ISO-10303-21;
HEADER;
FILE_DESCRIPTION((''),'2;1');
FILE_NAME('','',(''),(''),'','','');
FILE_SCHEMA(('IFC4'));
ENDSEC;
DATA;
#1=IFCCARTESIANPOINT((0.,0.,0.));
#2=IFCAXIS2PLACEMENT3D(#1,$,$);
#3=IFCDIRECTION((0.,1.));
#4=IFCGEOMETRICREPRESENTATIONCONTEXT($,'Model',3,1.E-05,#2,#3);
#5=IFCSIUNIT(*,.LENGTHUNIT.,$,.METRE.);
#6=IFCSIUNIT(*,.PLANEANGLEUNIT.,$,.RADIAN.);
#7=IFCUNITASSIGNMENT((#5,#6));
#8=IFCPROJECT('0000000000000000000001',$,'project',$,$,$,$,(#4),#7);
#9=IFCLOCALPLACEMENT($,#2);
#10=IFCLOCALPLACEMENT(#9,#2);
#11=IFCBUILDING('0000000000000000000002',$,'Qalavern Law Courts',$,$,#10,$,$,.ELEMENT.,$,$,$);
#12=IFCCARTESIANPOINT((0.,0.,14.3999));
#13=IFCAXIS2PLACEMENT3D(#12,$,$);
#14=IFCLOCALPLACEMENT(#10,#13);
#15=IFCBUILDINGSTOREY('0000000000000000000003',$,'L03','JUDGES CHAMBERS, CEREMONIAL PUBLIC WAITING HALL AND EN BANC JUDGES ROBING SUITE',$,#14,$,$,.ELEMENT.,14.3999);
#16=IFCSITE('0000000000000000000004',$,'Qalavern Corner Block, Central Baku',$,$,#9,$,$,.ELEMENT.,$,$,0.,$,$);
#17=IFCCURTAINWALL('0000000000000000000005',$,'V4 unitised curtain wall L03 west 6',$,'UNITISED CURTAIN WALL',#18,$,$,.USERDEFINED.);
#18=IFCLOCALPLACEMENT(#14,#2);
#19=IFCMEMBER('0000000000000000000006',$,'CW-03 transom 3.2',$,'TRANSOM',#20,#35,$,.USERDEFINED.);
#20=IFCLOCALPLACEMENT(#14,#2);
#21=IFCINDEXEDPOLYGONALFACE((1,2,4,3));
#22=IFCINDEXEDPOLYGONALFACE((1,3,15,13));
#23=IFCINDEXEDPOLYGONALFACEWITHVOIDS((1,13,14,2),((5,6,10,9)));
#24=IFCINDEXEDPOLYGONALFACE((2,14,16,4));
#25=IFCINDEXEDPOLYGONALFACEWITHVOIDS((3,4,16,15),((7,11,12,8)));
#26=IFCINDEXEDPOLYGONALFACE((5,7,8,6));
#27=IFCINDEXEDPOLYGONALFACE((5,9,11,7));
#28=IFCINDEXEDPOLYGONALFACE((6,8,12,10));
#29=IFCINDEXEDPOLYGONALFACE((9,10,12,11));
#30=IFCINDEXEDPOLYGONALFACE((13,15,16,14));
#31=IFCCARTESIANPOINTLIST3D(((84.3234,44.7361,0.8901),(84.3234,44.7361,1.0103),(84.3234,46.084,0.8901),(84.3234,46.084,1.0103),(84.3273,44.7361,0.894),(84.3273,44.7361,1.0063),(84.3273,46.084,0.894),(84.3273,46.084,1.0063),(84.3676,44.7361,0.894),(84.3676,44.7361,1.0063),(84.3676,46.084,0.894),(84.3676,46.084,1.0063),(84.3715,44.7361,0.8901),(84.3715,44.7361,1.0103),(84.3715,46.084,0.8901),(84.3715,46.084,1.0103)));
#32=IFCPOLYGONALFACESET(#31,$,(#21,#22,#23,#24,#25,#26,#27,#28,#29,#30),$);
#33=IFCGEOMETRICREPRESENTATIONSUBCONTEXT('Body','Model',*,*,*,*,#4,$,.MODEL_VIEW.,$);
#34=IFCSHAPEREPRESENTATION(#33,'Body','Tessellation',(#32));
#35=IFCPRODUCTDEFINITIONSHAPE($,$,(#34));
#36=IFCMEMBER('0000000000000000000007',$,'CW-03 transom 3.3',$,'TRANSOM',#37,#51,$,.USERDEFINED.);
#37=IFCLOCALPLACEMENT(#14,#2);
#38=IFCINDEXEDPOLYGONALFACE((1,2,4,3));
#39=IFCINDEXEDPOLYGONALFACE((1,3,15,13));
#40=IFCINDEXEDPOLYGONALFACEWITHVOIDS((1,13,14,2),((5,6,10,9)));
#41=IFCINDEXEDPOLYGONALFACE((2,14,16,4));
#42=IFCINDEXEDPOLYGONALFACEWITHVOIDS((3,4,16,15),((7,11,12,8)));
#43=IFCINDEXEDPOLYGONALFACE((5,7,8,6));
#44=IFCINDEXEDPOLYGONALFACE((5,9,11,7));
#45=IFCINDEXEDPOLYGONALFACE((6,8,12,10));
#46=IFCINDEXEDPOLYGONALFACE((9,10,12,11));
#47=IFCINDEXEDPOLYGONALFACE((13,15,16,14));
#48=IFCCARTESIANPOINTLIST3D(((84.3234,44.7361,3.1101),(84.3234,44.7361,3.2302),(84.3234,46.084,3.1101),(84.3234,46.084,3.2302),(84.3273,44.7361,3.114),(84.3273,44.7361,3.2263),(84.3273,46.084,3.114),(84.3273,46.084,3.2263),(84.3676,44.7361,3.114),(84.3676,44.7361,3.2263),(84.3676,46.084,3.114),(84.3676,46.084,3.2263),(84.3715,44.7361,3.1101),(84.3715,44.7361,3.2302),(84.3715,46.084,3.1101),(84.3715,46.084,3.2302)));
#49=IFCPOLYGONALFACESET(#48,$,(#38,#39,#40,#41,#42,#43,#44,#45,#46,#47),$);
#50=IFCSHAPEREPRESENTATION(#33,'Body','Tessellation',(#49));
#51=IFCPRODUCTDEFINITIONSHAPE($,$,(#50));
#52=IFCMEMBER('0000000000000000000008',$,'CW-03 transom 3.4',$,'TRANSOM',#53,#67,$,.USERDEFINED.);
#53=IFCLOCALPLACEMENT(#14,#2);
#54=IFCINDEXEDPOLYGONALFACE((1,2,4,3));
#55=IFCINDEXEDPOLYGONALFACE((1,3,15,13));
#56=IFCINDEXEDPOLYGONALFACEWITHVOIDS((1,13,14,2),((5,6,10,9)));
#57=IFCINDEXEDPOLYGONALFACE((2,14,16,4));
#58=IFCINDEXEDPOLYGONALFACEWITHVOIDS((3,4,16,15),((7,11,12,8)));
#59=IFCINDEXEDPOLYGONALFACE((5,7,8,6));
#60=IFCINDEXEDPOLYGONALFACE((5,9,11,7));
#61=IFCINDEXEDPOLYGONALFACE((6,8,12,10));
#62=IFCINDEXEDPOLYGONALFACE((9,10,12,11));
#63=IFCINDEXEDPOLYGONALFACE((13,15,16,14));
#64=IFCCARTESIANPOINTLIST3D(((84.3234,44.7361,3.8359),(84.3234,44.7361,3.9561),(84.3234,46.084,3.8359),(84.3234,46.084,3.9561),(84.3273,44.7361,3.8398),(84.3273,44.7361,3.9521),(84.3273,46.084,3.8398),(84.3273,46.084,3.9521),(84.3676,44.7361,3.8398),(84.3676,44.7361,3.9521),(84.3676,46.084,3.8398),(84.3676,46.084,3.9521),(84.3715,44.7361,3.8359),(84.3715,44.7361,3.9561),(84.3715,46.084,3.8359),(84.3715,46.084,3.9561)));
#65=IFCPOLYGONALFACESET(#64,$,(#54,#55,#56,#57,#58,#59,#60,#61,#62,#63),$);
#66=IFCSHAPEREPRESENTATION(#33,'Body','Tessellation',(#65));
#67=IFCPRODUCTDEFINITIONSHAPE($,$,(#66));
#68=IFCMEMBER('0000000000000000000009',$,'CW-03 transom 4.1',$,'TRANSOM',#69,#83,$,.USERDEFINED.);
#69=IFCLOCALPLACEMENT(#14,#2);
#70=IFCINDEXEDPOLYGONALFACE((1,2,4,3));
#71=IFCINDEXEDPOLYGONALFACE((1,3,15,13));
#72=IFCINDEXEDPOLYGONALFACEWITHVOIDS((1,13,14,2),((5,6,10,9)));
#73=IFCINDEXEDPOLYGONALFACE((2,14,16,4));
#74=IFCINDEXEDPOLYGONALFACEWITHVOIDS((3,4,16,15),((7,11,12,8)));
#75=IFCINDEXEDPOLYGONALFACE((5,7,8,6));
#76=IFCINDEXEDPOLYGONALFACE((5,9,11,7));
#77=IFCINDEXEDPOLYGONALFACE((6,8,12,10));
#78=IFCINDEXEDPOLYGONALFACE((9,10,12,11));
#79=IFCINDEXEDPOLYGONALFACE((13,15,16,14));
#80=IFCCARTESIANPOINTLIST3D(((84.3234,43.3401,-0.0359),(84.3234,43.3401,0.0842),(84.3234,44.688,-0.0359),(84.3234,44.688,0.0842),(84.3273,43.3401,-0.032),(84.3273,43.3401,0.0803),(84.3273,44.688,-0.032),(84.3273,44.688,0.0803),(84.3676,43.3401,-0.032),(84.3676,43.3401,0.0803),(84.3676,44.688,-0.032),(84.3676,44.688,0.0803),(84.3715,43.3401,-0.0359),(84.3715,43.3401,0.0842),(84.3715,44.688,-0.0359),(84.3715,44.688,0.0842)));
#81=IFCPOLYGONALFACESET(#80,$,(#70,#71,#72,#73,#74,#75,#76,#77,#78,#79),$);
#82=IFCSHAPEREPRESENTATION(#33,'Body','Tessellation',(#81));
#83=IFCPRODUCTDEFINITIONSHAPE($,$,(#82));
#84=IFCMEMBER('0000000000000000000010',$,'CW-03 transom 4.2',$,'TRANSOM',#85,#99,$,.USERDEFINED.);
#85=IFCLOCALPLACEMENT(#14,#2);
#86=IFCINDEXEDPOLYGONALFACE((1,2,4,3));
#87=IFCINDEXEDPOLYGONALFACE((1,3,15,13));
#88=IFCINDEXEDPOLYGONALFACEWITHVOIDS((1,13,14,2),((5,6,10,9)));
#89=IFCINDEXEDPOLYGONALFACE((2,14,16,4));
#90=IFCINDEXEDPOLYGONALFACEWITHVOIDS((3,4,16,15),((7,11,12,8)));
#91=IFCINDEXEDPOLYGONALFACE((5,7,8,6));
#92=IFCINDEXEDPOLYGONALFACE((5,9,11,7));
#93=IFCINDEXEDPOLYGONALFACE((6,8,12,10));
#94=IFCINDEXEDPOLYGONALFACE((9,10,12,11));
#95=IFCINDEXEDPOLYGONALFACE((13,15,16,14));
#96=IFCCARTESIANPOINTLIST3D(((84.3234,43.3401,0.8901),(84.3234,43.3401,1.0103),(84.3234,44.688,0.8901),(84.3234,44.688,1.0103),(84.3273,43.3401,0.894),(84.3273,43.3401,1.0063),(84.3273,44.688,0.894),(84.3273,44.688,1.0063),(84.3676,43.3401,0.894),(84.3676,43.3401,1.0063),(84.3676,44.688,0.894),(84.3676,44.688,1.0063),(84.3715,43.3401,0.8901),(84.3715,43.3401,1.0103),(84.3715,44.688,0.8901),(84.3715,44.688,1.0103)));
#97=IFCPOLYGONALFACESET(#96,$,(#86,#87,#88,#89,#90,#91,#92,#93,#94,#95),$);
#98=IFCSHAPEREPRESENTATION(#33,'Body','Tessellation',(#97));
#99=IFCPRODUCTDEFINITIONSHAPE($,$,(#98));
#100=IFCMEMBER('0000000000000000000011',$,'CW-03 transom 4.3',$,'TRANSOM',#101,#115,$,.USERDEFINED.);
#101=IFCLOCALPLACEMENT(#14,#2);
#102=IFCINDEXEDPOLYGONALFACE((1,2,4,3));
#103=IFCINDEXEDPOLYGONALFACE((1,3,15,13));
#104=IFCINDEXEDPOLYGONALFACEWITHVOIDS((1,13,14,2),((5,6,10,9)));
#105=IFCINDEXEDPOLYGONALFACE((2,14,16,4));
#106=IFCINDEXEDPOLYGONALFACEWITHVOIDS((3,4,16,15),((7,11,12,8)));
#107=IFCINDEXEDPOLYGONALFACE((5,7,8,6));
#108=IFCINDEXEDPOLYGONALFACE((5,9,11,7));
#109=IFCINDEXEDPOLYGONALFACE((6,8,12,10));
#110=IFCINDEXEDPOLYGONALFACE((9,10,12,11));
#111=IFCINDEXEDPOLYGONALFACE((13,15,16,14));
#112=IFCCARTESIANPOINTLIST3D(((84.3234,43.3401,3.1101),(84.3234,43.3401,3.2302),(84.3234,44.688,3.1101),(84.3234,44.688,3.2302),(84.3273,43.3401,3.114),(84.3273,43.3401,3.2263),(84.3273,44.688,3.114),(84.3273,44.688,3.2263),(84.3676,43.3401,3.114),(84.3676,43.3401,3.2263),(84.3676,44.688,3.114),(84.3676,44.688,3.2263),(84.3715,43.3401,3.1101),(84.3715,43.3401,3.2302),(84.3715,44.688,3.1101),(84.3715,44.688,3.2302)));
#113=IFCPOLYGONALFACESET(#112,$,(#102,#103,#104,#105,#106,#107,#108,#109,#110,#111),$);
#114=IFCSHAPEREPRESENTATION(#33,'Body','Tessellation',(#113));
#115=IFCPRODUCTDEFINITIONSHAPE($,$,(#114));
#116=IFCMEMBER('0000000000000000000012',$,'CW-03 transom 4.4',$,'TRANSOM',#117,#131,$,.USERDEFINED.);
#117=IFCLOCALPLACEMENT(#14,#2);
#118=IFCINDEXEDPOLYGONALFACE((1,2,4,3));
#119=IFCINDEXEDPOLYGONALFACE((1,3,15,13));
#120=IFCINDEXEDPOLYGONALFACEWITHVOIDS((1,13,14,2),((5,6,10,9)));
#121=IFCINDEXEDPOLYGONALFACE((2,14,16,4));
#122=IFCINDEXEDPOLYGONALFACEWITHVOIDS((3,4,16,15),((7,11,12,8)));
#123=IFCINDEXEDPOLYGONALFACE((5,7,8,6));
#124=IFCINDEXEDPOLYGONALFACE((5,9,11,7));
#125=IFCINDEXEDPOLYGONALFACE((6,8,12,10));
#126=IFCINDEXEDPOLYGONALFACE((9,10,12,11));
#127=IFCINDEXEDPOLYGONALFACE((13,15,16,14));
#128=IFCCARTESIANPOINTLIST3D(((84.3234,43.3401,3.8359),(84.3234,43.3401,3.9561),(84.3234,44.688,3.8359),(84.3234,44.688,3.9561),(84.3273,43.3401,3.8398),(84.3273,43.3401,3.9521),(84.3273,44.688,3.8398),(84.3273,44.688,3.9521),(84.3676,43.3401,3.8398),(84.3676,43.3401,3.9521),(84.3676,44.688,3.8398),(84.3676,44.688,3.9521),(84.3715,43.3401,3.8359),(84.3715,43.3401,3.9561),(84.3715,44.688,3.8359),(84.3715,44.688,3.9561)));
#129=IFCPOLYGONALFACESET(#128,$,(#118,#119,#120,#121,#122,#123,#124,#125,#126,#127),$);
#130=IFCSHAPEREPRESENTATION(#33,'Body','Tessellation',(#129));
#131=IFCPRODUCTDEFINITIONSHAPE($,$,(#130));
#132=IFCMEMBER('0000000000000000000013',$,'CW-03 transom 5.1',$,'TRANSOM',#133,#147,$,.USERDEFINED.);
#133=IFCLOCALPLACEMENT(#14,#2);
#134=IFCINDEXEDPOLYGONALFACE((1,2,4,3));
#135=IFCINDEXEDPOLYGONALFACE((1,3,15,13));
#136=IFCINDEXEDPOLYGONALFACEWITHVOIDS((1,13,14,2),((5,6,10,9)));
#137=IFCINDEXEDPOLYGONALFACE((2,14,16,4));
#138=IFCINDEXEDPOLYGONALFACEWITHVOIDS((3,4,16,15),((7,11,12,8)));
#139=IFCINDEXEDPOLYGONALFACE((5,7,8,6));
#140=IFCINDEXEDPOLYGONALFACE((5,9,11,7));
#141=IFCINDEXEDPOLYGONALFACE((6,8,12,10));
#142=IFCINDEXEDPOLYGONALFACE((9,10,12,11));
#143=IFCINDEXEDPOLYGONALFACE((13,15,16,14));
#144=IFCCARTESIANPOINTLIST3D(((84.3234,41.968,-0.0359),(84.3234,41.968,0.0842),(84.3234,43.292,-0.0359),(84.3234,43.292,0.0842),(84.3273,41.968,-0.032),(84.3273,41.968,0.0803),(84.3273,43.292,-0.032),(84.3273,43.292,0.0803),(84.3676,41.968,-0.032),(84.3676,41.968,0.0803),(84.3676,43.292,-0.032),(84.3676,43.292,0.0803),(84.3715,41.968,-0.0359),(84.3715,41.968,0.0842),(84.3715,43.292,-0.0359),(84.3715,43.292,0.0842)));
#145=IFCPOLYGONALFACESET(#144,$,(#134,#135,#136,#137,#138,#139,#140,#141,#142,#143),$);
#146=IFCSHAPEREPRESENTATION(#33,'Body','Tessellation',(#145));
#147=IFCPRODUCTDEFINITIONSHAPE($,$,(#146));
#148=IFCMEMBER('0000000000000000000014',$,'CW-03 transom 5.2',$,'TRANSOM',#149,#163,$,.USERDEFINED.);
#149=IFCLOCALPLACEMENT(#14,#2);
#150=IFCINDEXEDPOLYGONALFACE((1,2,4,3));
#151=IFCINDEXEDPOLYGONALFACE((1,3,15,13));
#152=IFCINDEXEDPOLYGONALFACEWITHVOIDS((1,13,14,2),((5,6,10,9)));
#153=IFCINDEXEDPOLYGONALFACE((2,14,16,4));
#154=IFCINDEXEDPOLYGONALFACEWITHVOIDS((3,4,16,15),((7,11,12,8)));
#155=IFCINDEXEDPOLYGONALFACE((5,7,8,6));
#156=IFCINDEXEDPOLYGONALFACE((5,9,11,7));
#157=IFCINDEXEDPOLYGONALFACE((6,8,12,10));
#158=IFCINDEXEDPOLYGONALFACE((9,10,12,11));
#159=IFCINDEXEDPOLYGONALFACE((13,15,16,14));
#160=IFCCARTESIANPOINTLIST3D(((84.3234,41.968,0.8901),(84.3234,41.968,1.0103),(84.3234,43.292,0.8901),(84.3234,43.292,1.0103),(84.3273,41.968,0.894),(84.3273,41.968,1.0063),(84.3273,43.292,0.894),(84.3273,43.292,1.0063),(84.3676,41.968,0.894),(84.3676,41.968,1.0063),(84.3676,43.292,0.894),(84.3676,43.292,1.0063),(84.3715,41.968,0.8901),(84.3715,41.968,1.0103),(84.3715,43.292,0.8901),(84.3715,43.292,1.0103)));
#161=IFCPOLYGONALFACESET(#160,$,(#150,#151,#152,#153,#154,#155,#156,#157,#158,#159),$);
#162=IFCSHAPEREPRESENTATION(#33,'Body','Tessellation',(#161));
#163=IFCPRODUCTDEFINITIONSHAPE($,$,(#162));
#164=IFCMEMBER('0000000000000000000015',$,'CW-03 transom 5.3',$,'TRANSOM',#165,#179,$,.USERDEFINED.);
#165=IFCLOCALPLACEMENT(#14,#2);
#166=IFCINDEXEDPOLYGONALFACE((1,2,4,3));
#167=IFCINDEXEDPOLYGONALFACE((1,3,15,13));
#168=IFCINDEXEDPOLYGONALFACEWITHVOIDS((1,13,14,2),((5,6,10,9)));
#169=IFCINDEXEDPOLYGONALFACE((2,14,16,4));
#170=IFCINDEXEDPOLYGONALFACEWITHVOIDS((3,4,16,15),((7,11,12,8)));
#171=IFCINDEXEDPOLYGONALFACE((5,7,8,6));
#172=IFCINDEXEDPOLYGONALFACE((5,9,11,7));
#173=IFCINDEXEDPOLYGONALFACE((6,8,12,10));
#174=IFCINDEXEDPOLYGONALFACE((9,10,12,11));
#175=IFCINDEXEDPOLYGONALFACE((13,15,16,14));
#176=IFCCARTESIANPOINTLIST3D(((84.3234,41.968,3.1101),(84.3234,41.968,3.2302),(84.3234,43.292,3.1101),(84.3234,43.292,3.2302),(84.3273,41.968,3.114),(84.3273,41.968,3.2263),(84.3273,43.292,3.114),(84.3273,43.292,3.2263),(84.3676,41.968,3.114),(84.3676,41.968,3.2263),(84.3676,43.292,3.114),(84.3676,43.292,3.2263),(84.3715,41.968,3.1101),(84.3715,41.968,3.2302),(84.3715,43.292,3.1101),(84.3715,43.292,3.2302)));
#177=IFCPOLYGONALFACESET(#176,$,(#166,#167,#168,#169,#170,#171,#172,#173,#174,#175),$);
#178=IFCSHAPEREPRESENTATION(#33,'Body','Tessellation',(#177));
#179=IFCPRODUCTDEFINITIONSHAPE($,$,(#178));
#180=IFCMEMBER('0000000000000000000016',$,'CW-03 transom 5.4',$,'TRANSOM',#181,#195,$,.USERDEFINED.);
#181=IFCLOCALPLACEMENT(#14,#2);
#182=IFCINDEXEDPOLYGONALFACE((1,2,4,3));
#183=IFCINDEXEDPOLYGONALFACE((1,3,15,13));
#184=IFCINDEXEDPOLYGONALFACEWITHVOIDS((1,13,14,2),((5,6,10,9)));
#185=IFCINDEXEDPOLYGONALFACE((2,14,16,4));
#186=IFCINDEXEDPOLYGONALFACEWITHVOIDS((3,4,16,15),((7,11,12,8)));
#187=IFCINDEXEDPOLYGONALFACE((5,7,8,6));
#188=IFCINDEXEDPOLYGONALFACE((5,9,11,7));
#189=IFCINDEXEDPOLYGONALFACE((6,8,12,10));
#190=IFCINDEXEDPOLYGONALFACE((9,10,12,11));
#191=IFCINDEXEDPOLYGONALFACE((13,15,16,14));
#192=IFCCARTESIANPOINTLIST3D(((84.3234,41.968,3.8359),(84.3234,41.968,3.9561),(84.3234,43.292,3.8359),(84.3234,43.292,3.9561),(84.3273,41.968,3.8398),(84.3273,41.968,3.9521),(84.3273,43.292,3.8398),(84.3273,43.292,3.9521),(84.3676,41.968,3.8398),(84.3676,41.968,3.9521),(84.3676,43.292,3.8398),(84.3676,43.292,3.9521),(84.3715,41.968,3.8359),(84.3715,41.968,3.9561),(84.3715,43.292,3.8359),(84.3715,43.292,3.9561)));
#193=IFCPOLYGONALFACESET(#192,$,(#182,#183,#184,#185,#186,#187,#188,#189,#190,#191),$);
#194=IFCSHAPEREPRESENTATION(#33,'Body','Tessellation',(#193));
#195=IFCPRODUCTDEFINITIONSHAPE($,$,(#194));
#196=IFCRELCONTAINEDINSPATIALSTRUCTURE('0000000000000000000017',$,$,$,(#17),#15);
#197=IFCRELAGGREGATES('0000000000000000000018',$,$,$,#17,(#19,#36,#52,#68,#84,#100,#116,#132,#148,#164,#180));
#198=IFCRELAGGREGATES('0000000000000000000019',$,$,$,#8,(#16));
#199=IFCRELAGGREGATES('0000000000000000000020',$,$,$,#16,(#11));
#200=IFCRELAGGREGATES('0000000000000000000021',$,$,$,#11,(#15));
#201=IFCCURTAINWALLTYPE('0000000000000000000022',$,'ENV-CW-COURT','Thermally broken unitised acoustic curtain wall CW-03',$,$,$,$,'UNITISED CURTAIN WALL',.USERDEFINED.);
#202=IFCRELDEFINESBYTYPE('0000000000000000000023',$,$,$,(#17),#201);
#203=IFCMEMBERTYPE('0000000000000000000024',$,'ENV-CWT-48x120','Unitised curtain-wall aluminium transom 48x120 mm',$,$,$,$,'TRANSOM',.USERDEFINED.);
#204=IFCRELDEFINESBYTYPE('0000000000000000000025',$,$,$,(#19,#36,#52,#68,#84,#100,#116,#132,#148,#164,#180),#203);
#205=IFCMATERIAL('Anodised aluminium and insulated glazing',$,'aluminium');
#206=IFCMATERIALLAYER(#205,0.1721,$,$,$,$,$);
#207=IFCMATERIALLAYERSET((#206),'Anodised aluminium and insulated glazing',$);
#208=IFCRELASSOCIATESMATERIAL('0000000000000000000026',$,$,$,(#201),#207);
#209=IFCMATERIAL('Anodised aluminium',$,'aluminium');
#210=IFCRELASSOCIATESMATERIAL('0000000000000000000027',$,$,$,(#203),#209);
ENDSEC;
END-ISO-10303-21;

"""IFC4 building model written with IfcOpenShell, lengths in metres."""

from ifc_helpers import new_model, si_unit, direction, frame, origin, origin_2d, place, context, subcontext, project, spatial, hollow_rectangle, extrude, material, layer, layer_set, material_profile, profile_set, type_object, element, aggregate, save


model = new_model("IFC4")

# Units and contexts
model_context = context("Model", 3, precision=1e-05, world=origin(), true_north=direction((0.0, 1.0)))
body_context = subcontext(model_context, "Body", "Model", "MODEL_VIEW")
ifc_project = project(units=[si_unit("LENGTHUNIT", "METRE"), si_unit("PLANEANGLEUNIT", "RADIAN")], contexts=[model_context])

# Site, building, storey
site_placement = place(None, origin())
site = spatial("IfcSite", under=ifc_project, at=site_placement, Name="Qalavern Corner Block, Central Baku", CompositionType="ELEMENT", RefElevation=0.0)
building_placement = place(site_placement, origin())
building = spatial("IfcBuilding", under=site, at=building_placement, Name="Qalavern Law Courts", CompositionType="ELEMENT")
storey_placement = place(building_placement, frame((0.0, 0.0, 14.3999)))
storey = spatial("IfcBuildingStorey", under=building, at=storey_placement, Name="L03", Description="JUDGES CHAMBERS, CEREMONIAL PUBLIC WAITING HALL AND EN BANC JUDGES ROBING SUITE", CompositionType="ELEMENT", Elevation=14.3999)

# Curtain wall, members
ifc_material_1 = material(Name="Anodised aluminium and insulated glazing", Category="aluminium")
ifc_layer_1 = layer(ifc_material_1, 0.1721)
ifc_layer_set_1 = layer_set([ifc_layer_1], Name="Anodised aluminium and insulated glazing")
curtain_wall_type = type_object("IfcCurtainWallType", Name="ENV-CW-COURT", Description="Thermally broken unitised acoustic curtain wall CW-03", ElementType="UNITISED CURTAIN WALL", PredefinedType="USERDEFINED", material=ifc_layer_set_1)
curtain_wall_placement = place(storey_placement, origin())
curtain_wall = element("IfcCurtainWall", 1, at=curtain_wall_placement, inside=storey, type_object=curtain_wall_type, Name="V4 unitised curtain wall L03 west 6", ObjectType="UNITISED CURTAIN WALL", PredefinedType="USERDEFINED")
ifc_material_2 = material(Name="Anodised aluminium", Category="aluminium")
ifc_material_profile_1 = material_profile(ifc_material_2, hollow_rectangle(XDim=0.0481, YDim=0.1201, WallThickness=0.0039, at=origin_2d()), Name="ALU TRANSOM 48x120")
ifc_profile_set_1 = profile_set([ifc_material_profile_1], Name="Anodised aluminium")
member_type_1 = type_object("IfcMemberType", Name="ENV-CWT-48x120", Description="Unitised curtain-wall aluminium transom 48x120 mm", ElementType="TRANSOM", PredefinedType="USERDEFINED", material=ifc_profile_set_1)
member_1_placement = place(storey_placement, frame((84.3474, 46.084, 0.9502), z_axis=(0.0, -1.0, 0.0), x_axis=(1.0, 0.0, 0.0)))
member_1 = element("IfcMember", 2, at=member_1_placement, type_object=member_type_1, Name="CW-03 transom 3.2", ObjectType="TRANSOM", PredefinedType="USERDEFINED", context=body_context, shape_type="SweptSolid", body=[
    extrude(hollow_rectangle(XDim=0.0481, YDim=0.1201, WallThickness=0.0039, at=origin_2d()), origin(), (0.0, 0.0, 1.0), 1.3479),
])
member_2_placement = place(storey_placement, frame((84.3474, 46.084, 3.1702), z_axis=(0.0, -1.0, 0.0), x_axis=(1.0, 0.0, 0.0)))
member_2 = element("IfcMember", 3, at=member_2_placement, type_object=member_type_1, Name="CW-03 transom 3.3", ObjectType="TRANSOM", PredefinedType="USERDEFINED", context=body_context, shape_type="SweptSolid", body=[
    extrude(hollow_rectangle(XDim=0.0481, YDim=0.1201, WallThickness=0.0039, at=origin_2d()), origin(), (0.0, 0.0, 1.0), 1.3479),
])
member_3_placement = place(storey_placement, frame((84.3474, 46.084, 3.896), z_axis=(0.0, -1.0, 0.0), x_axis=(1.0, 0.0, 0.0)))
member_3 = element("IfcMember", 4, at=member_3_placement, type_object=member_type_1, Name="CW-03 transom 3.4", ObjectType="TRANSOM", PredefinedType="USERDEFINED", context=body_context, shape_type="SweptSolid", body=[
    extrude(hollow_rectangle(XDim=0.0481, YDim=0.1201, WallThickness=0.0039, at=origin_2d()), origin(), (0.0, 0.0, 1.0), 1.3479),
])
member_4_placement = place(storey_placement, frame((84.3474, 44.688, 0.0242), z_axis=(0.0, -1.0, 0.0), x_axis=(1.0, 0.0, 0.0)))
member_4 = element("IfcMember", 5, at=member_4_placement, type_object=member_type_1, Name="CW-03 transom 4.1", ObjectType="TRANSOM", PredefinedType="USERDEFINED", context=body_context, shape_type="SweptSolid", body=[
    extrude(hollow_rectangle(XDim=0.0481, YDim=0.1201, WallThickness=0.0039, at=origin_2d()), origin(), (0.0, 0.0, 1.0), 1.3479),
])
member_5_placement = place(storey_placement, frame((84.3474, 44.688, 0.9502), z_axis=(0.0, -1.0, 0.0), x_axis=(1.0, 0.0, 0.0)))
member_5 = element("IfcMember", 6, at=member_5_placement, type_object=member_type_1, Name="CW-03 transom 4.2", ObjectType="TRANSOM", PredefinedType="USERDEFINED", context=body_context, shape_type="SweptSolid", body=[
    extrude(hollow_rectangle(XDim=0.0481, YDim=0.1201, WallThickness=0.0039, at=origin_2d()), origin(), (0.0, 0.0, 1.0), 1.3479),
])
member_6_placement = place(storey_placement, frame((84.3474, 44.688, 3.1702), z_axis=(0.0, -1.0, 0.0), x_axis=(1.0, 0.0, 0.0)))
member_6 = element("IfcMember", 7, at=member_6_placement, type_object=member_type_1, Name="CW-03 transom 4.3", ObjectType="TRANSOM", PredefinedType="USERDEFINED", context=body_context, shape_type="SweptSolid", body=[
    extrude(hollow_rectangle(XDim=0.0481, YDim=0.1201, WallThickness=0.0039, at=origin_2d()), origin(), (0.0, 0.0, 1.0), 1.3479),
])
member_7_placement = place(storey_placement, frame((84.3474, 44.688, 3.896), z_axis=(0.0, -1.0, 0.0), x_axis=(1.0, 0.0, 0.0)))
member_7 = element("IfcMember", 8, at=member_7_placement, type_object=member_type_1, Name="CW-03 transom 4.4", ObjectType="TRANSOM", PredefinedType="USERDEFINED", context=body_context, shape_type="SweptSolid", body=[
    extrude(hollow_rectangle(XDim=0.0481, YDim=0.1201, WallThickness=0.0039, at=origin_2d()), origin(), (0.0, 0.0, 1.0), 1.3479),
])
member_8_placement = place(storey_placement, frame((84.3474, 43.292, 0.0242), z_axis=(0.0, -1.0, 0.0), x_axis=(1.0, 0.0, 0.0)))
member_8 = element("IfcMember", 9, at=member_8_placement, type_object=member_type_1, Name="CW-03 transom 5.1", ObjectType="TRANSOM", PredefinedType="USERDEFINED", context=body_context, shape_type="SweptSolid", body=[
    extrude(hollow_rectangle(XDim=0.0481, YDim=0.1201, WallThickness=0.0039, at=origin_2d()), origin(), (0.0, 0.0, 1.0), 1.324),
])
member_9_placement = place(storey_placement, frame((84.3474, 43.292, 0.9502), z_axis=(0.0, -1.0, 0.0), x_axis=(1.0, 0.0, 0.0)))
member_9 = element("IfcMember", 10, at=member_9_placement, type_object=member_type_1, Name="CW-03 transom 5.2", ObjectType="TRANSOM", PredefinedType="USERDEFINED", context=body_context, shape_type="SweptSolid", body=[
    extrude(hollow_rectangle(XDim=0.0481, YDim=0.1201, WallThickness=0.0039, at=origin_2d()), origin(), (0.0, 0.0, 1.0), 1.324),
])
member_10_placement = place(storey_placement, frame((84.3474, 43.292, 3.1702), z_axis=(0.0, -1.0, 0.0), x_axis=(1.0, 0.0, 0.0)))
member_10 = element("IfcMember", 11, at=member_10_placement, type_object=member_type_1, Name="CW-03 transom 5.3", ObjectType="TRANSOM", PredefinedType="USERDEFINED", context=body_context, shape_type="SweptSolid", body=[
    extrude(hollow_rectangle(XDim=0.0481, YDim=0.1201, WallThickness=0.0039, at=origin_2d()), origin(), (0.0, 0.0, 1.0), 1.324),
])
member_11_placement = place(storey_placement, frame((84.3474, 43.292, 3.896), z_axis=(0.0, -1.0, 0.0), x_axis=(1.0, 0.0, 0.0)))
member_11 = element("IfcMember", 12, at=member_11_placement, type_object=member_type_1, Name="CW-03 transom 5.4", ObjectType="TRANSOM", PredefinedType="USERDEFINED", context=body_context, shape_type="SweptSolid", body=[
    extrude(hollow_rectangle(XDim=0.0481, YDim=0.1201, WallThickness=0.0039, at=origin_2d()), origin(), (0.0, 0.0, 1.0), 1.324),
])
aggregate(curtain_wall, [member_1, member_2, member_3, member_4, member_5, member_6, member_7, member_8, member_9, member_10, member_11])

save(model, "model.ifc")
